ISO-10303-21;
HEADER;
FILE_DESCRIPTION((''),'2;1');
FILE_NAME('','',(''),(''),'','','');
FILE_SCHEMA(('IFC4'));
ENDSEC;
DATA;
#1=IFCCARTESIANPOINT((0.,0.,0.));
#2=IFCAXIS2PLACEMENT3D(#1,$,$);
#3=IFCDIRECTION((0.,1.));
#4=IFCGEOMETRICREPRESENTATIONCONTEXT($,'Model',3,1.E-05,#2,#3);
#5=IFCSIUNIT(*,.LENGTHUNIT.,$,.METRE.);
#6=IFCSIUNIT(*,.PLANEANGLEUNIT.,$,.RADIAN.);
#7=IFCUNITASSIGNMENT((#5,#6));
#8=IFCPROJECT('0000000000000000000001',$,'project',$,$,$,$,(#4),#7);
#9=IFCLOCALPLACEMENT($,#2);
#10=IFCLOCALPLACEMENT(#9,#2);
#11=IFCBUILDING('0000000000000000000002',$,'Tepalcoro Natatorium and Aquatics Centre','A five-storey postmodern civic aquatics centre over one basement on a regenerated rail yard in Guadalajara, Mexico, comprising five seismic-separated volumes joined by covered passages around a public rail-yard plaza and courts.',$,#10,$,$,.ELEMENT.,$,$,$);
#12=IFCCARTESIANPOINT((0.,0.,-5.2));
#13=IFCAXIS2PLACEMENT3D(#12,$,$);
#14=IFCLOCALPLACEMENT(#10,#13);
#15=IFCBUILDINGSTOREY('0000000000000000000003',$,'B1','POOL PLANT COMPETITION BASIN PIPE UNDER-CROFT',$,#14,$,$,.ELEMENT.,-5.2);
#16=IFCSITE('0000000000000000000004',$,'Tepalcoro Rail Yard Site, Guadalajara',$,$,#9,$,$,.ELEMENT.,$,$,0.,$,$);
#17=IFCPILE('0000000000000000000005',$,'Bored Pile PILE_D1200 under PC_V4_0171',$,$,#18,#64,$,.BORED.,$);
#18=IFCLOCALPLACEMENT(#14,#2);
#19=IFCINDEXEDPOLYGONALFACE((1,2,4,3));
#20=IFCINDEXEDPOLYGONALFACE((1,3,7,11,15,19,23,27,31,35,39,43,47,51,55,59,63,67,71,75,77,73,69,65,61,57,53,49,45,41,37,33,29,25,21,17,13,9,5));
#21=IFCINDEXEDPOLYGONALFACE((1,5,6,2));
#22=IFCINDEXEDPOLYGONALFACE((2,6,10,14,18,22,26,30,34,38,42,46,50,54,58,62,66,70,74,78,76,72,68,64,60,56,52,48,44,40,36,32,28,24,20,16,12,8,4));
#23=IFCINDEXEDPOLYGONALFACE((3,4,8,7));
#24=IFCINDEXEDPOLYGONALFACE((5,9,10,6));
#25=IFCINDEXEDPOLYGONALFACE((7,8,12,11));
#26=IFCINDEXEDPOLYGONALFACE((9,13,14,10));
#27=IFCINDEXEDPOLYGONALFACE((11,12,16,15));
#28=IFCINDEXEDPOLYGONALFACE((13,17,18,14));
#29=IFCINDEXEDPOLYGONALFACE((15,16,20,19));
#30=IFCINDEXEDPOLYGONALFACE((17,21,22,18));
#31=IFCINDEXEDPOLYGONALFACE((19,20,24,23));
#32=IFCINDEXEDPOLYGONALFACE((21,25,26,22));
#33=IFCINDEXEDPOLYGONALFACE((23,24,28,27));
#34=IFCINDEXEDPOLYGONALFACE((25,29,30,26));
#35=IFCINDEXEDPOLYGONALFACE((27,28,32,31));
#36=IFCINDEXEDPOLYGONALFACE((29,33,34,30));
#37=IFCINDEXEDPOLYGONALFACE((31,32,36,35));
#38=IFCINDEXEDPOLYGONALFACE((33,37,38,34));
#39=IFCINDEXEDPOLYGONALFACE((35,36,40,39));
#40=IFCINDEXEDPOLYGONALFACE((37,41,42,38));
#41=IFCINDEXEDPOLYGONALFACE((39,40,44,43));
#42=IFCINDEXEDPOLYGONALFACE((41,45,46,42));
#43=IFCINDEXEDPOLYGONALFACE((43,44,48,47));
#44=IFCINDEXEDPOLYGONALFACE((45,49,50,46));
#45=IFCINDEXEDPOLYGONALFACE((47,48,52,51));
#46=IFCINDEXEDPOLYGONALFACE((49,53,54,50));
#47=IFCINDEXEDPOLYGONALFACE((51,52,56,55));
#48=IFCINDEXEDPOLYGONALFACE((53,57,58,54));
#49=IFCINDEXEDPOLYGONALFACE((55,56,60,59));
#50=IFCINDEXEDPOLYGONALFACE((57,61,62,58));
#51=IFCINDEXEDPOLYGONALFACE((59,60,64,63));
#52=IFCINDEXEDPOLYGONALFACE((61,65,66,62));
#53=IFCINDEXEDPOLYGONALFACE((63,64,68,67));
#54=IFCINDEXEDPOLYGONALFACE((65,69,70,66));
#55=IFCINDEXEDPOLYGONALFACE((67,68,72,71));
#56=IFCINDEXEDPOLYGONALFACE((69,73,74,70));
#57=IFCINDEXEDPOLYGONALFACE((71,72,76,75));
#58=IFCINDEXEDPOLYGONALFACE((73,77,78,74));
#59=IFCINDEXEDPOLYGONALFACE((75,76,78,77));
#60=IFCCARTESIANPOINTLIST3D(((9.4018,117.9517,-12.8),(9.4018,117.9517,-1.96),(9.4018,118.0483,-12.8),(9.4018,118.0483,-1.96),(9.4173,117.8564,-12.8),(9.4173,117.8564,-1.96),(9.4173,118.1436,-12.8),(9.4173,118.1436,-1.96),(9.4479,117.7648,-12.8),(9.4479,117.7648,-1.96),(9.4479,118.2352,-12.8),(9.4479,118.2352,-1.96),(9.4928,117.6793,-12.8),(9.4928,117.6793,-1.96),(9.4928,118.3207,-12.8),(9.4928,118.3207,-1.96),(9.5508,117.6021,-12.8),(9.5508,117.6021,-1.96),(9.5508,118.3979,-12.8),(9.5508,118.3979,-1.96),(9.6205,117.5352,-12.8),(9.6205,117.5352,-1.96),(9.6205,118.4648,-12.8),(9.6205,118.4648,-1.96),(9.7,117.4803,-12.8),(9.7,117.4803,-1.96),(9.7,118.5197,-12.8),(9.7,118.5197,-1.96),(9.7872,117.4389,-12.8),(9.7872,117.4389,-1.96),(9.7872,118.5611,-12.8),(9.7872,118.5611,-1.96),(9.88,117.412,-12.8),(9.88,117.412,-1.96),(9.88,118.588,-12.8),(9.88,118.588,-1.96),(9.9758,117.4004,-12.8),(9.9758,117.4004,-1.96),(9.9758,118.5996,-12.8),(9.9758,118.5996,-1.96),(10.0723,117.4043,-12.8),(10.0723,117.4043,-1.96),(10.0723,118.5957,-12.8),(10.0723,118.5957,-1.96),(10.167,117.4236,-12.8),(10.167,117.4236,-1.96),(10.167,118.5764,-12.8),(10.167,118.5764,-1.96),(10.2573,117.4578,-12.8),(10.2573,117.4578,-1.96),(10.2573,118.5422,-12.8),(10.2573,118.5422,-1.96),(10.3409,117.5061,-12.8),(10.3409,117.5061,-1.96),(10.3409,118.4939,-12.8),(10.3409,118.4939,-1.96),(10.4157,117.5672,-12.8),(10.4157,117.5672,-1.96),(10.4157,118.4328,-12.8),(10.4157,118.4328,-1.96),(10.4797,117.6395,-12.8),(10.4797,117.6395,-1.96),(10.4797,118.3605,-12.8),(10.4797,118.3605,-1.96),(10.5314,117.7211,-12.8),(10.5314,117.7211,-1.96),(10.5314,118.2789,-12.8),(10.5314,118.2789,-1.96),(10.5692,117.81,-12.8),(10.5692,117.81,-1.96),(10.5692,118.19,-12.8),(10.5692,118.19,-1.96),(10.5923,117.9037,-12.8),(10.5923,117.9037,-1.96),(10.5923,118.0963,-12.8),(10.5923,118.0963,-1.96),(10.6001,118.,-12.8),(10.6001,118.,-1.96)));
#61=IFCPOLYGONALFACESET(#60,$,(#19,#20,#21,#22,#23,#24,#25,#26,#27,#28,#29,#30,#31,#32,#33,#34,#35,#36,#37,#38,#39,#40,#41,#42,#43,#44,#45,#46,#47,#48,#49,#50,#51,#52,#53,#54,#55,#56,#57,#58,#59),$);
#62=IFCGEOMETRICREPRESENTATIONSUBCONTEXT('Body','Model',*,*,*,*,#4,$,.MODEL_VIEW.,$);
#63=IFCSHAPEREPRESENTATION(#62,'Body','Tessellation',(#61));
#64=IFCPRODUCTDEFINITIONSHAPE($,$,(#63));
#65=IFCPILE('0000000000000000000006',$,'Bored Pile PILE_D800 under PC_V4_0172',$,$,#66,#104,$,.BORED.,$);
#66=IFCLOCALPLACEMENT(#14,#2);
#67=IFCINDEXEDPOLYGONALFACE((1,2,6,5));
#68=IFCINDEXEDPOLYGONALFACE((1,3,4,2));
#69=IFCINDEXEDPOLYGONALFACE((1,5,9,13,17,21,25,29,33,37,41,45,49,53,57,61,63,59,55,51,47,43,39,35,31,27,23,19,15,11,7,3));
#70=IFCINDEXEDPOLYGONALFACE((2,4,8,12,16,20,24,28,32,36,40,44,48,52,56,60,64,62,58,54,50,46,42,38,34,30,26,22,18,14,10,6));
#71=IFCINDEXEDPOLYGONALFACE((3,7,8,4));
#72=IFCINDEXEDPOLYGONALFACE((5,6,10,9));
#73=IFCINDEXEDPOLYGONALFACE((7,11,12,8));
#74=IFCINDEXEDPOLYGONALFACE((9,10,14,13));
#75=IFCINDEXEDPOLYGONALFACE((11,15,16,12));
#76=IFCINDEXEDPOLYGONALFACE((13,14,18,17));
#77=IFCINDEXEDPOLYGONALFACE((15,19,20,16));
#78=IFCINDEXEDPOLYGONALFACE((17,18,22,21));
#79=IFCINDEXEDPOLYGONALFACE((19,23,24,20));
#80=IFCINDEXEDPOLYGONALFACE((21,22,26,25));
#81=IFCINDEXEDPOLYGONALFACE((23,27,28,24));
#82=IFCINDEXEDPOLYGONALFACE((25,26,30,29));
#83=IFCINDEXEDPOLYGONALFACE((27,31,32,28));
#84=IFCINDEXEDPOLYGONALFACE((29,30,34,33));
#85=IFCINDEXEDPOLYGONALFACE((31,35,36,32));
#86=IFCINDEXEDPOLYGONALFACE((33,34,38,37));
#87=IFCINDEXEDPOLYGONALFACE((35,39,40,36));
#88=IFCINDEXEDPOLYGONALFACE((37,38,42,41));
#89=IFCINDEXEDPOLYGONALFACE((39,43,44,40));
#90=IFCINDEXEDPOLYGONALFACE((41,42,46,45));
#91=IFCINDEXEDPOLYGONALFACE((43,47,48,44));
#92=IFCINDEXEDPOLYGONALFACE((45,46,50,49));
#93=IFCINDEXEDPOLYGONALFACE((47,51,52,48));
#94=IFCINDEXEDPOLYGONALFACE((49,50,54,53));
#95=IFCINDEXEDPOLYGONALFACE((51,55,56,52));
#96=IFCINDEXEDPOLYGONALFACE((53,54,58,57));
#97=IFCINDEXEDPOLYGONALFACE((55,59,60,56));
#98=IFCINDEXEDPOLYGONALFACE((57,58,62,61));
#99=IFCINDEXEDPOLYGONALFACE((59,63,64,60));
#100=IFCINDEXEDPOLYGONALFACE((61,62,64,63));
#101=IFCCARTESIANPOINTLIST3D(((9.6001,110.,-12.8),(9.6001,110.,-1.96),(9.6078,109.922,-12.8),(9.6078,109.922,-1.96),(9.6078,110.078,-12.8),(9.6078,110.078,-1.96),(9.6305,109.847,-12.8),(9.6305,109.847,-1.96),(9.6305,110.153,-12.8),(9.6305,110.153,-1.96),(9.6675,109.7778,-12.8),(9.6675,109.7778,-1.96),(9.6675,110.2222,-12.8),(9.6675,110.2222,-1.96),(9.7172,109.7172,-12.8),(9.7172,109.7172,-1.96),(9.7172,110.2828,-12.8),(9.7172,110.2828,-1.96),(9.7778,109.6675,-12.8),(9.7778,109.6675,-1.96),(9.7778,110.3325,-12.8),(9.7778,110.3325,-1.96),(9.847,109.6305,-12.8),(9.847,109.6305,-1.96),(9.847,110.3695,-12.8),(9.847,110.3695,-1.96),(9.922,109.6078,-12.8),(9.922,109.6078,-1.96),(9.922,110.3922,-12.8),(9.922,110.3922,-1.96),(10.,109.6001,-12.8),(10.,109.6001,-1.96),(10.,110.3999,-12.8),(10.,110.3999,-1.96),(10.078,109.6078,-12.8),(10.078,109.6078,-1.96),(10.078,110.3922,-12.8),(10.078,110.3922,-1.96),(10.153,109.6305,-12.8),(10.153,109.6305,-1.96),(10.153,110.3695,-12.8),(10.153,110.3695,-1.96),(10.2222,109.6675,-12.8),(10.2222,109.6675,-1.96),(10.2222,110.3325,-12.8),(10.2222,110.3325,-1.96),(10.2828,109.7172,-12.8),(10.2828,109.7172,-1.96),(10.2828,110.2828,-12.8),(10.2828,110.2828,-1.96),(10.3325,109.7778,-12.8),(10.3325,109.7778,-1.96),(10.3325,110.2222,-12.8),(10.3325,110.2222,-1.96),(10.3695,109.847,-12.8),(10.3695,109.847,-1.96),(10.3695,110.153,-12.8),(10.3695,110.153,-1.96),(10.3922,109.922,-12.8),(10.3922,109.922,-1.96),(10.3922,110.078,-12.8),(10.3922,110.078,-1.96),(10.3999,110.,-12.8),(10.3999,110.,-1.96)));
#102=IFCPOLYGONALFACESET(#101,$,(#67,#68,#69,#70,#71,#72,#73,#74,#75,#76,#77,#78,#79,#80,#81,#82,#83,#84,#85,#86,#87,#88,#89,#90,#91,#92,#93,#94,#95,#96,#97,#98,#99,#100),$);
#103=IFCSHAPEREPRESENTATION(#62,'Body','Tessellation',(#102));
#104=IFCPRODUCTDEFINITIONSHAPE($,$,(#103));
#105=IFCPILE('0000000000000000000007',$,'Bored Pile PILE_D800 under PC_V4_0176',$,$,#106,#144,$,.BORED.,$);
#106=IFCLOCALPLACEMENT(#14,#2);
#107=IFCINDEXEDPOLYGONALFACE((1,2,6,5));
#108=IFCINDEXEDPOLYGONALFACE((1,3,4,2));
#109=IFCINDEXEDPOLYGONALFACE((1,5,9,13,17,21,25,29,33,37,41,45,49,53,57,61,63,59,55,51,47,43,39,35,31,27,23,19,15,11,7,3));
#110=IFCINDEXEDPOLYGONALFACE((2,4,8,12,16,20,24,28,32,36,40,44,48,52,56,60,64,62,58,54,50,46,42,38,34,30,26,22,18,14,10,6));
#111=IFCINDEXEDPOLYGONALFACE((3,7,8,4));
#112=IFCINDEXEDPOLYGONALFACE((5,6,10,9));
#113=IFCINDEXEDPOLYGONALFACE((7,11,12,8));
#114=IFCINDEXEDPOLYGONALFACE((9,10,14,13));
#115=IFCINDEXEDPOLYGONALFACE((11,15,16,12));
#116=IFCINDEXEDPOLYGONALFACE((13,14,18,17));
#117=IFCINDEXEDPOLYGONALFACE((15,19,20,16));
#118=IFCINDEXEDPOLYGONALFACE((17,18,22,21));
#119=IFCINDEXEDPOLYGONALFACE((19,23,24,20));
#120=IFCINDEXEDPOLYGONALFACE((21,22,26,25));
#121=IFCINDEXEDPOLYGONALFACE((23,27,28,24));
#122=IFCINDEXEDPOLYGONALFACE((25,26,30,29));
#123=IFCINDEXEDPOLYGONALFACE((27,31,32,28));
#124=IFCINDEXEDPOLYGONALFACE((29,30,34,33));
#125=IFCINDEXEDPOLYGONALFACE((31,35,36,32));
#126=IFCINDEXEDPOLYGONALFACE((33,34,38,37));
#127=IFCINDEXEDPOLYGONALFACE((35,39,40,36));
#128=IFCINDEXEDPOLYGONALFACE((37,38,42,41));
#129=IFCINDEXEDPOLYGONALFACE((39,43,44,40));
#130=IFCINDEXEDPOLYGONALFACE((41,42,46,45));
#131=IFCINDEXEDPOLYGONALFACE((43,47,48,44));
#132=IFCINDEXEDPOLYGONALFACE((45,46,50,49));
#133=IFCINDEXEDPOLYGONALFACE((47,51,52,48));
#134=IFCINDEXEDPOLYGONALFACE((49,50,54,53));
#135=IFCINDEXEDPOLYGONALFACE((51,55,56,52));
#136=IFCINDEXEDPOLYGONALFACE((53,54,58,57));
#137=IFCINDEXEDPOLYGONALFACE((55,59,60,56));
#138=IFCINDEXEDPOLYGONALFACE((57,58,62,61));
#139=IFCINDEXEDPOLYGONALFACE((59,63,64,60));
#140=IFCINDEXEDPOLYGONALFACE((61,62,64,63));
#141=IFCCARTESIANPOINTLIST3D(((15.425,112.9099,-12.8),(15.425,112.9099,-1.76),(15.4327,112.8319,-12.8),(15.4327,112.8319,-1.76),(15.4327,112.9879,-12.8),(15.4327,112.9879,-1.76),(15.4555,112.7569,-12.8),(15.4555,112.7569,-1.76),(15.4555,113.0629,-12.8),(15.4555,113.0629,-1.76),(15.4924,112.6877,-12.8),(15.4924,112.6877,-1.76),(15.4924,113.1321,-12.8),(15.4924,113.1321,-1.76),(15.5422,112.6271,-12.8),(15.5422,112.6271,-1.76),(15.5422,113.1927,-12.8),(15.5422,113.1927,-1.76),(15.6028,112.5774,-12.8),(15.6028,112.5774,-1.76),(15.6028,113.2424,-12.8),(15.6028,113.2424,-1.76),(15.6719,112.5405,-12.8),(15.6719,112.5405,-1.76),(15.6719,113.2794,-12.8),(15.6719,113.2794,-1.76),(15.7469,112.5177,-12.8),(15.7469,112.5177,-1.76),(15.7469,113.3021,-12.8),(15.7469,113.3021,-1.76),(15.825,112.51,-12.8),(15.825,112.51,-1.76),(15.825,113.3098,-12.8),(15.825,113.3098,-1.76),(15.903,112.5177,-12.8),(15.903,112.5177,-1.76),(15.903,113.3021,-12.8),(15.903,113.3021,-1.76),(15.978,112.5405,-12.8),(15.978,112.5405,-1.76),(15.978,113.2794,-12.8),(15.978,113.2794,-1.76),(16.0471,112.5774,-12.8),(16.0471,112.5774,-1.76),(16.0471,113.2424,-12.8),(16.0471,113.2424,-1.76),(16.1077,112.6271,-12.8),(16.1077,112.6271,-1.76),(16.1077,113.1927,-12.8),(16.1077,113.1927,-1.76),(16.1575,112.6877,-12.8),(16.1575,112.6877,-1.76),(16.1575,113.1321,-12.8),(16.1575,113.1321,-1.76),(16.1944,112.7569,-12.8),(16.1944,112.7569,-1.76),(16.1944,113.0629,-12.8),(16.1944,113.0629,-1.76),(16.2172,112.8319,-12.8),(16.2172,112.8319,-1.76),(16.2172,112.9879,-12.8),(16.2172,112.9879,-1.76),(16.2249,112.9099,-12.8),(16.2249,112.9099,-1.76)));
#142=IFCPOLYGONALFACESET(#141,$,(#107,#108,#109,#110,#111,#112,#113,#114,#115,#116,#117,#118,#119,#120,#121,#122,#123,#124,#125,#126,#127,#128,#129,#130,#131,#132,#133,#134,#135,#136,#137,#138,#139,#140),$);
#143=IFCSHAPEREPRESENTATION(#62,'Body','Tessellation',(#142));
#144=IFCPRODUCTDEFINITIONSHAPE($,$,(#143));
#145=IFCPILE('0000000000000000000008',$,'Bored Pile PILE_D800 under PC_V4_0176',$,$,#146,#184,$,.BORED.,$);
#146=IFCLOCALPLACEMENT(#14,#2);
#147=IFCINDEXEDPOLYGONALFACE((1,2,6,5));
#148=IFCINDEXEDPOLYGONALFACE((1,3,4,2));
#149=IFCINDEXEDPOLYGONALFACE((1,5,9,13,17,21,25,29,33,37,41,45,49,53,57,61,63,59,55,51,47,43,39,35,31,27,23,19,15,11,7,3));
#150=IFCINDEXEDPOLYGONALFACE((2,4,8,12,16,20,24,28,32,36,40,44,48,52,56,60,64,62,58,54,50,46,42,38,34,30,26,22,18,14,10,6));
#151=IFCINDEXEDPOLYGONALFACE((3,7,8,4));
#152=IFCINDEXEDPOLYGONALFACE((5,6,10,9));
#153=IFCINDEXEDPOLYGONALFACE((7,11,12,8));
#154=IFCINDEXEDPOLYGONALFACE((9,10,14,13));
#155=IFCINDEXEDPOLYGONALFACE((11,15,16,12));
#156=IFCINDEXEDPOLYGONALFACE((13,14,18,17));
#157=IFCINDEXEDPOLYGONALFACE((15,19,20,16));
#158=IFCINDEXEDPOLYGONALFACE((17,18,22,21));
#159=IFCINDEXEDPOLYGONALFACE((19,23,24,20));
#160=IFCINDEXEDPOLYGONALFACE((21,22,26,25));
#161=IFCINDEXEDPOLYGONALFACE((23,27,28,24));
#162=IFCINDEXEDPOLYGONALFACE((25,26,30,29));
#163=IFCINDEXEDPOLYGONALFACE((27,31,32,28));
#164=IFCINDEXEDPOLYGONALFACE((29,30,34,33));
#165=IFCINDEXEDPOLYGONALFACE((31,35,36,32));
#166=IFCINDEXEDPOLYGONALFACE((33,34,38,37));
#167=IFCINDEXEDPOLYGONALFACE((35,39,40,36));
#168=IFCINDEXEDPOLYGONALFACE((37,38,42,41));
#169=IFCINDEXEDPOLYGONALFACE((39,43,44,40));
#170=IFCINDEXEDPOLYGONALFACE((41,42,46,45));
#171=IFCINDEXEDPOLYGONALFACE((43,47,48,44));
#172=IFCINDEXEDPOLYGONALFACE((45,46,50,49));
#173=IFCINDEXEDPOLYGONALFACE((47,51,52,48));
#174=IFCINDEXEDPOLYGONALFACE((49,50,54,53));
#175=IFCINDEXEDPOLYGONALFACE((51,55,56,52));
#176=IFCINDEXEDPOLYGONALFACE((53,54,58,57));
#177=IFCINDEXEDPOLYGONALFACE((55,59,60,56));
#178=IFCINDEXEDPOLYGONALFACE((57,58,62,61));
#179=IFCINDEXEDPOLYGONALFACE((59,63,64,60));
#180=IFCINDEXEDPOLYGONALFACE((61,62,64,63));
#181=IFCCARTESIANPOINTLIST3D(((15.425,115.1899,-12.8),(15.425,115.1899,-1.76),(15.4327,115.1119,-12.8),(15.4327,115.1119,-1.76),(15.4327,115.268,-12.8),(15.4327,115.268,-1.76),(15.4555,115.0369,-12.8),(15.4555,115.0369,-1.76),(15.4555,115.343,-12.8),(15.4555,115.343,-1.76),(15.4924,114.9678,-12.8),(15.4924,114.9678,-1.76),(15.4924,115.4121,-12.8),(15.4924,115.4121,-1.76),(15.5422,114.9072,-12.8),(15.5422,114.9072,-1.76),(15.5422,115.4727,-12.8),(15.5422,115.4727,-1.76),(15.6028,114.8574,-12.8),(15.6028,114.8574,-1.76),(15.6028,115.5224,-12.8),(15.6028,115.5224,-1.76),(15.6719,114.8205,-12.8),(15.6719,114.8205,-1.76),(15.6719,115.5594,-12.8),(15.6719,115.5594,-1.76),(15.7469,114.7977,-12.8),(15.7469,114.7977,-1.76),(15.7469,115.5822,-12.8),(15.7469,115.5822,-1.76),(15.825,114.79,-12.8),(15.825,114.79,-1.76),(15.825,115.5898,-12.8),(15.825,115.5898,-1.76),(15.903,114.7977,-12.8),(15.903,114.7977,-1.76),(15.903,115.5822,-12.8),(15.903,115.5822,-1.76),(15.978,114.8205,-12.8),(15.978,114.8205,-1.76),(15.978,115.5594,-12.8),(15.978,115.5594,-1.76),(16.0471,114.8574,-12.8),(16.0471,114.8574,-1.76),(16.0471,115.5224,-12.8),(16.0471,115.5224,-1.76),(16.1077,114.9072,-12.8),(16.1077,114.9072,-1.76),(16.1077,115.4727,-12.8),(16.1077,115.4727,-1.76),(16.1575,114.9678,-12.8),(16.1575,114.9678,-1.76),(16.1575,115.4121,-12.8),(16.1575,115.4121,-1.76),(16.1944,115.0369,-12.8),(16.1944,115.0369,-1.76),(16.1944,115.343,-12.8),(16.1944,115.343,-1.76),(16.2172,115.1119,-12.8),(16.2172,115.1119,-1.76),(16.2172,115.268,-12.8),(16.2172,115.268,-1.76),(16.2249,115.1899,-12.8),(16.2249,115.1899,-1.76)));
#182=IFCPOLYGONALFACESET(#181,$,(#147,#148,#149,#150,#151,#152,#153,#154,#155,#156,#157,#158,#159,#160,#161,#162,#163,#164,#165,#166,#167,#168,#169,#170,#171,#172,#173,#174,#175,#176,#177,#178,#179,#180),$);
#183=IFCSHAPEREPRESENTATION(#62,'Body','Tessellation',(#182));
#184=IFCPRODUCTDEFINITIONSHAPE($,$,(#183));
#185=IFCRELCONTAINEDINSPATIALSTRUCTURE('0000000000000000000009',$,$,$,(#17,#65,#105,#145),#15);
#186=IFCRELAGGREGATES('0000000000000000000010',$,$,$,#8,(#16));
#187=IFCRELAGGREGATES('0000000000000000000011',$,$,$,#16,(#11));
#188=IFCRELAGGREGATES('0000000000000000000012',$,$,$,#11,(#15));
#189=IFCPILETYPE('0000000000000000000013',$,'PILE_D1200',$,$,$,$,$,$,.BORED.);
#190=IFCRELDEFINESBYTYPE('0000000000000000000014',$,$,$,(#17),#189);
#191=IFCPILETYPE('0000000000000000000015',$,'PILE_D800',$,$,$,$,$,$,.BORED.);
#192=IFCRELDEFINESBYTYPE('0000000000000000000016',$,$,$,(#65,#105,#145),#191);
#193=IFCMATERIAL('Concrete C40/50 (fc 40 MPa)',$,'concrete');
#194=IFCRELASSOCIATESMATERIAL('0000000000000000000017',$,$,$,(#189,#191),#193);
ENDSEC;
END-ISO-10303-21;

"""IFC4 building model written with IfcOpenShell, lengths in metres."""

from ifc_helpers import new_model, si_unit, direction, frame, origin, origin_2d, place, context, subcontext, project, spatial, circle, extrude, material, material_profile, profile_set, type_object, element, save


model = new_model("IFC4")

# Units and contexts
model_context = context("Model", 3, precision=1e-05, world=origin(), true_north=direction((0.0, 1.0)))
body_context = subcontext(model_context, "Body", "Model", "MODEL_VIEW")
ifc_project = project(units=[si_unit("LENGTHUNIT", "METRE"), si_unit("PLANEANGLEUNIT", "RADIAN")], contexts=[model_context])

# Site, building, storey
site_placement = place(None, origin())
site = spatial("IfcSite", under=ifc_project, at=site_placement, Name="Tepalcoro Rail Yard Site, Guadalajara", CompositionType="ELEMENT", RefElevation=0.0)
building_placement = place(site_placement, origin())
building = spatial("IfcBuilding", under=site, at=building_placement, Name="Tepalcoro Natatorium and Aquatics Centre", Description="A five-storey postmodern civic aquatics centre over one basement on a regenerated rail yard in Guadalajara, Mexico, comprising five seismic-separated volumes joined by covered passages around a public rail-yard plaza and courts.", CompositionType="ELEMENT")
storey_placement = place(building_placement, frame((0.0, 0.0, -5.2)))
storey = spatial("IfcBuildingStorey", under=building, at=storey_placement, Name="B1", Description="POOL PLANT COMPETITION BASIN PIPE UNDER-CROFT", CompositionType="ELEMENT", Elevation=-5.2)

# Piles
ifc_material_1 = material(Name="Concrete C40/50 (fc 40 MPa)", Category="concrete")
ifc_material_profile_1 = material_profile(ifc_material_1, circle(Radius=0.6001, at=origin_2d()), Name="PILE_D1200")
ifc_profile_set_1 = profile_set([ifc_material_profile_1], Name="Concrete C40/50 (fc 40 MPa)")
pile_type_1 = type_object("IfcPileType", Name="PILE_D1200", PredefinedType="BORED", material=ifc_profile_set_1)
pile_1_placement = place(storey_placement, frame((10.0, 118.0, -1.96), z_axis=(0.0, 0.0, -1.0), x_axis=(1.0, 0.0, 0.0)))
element("IfcPile", 1, at=pile_1_placement, inside=storey, type_object=pile_type_1, Name="Bored Pile PILE_D1200 under PC_V4_0171", PredefinedType="BORED", context=body_context, shape_type="SweptSolid", body=[
    extrude(circle(Radius=0.6001, at=origin_2d()), origin(), (0.0, 0.0, 1.0), 10.8401),
])
ifc_material_profile_2 = material_profile(ifc_material_1, circle(Radius=0.3999, at=origin_2d()), Name="PILE_D800")
ifc_profile_set_2 = profile_set([ifc_material_profile_2], Name="Concrete C40/50 (fc 40 MPa)")
pile_type_2 = type_object("IfcPileType", Name="PILE_D800", PredefinedType="BORED", material=ifc_profile_set_2)
pile_2_placement = place(storey_placement, frame((10.0, 110.0, -1.96), z_axis=(0.0, 0.0, -1.0), x_axis=(1.0, 0.0, 0.0)))
element("IfcPile", 2, at=pile_2_placement, inside=storey, type_object=pile_type_2, Name="Bored Pile PILE_D800 under PC_V4_0172", PredefinedType="BORED", context=body_context, shape_type="SweptSolid", body=[
    extrude(circle(Radius=0.3999, at=origin_2d()), origin(), (0.0, 0.0, 1.0), 10.8401),
])
for number, where, z_axis, x_axis, name in (
    (3, (15.825, 112.9099, -1.76), (0.0, 0.0, -1.0), (1.0, 0.0, 0.0), "Bored Pile PILE_D800 under PC_V4_0176"),
    (4, (15.825, 115.1899, -1.76), (0.0, 0.0, -1.0), (1.0, 0.0, 0.0), "Bored Pile PILE_D800 under PC_V4_0176"),
):
    element("IfcPile", number, at=place(storey_placement, frame(where, z_axis=z_axis, x_axis=x_axis)), inside=storey, type_object=pile_type_2, Name=name, PredefinedType="BORED", context=body_context, shape_type="SweptSolid", body=[
        extrude(circle(Radius=0.3999, at=origin_2d()), origin(), (0.0, 0.0, 1.0), 11.04),
    ])

save(model, "model.ifc")
